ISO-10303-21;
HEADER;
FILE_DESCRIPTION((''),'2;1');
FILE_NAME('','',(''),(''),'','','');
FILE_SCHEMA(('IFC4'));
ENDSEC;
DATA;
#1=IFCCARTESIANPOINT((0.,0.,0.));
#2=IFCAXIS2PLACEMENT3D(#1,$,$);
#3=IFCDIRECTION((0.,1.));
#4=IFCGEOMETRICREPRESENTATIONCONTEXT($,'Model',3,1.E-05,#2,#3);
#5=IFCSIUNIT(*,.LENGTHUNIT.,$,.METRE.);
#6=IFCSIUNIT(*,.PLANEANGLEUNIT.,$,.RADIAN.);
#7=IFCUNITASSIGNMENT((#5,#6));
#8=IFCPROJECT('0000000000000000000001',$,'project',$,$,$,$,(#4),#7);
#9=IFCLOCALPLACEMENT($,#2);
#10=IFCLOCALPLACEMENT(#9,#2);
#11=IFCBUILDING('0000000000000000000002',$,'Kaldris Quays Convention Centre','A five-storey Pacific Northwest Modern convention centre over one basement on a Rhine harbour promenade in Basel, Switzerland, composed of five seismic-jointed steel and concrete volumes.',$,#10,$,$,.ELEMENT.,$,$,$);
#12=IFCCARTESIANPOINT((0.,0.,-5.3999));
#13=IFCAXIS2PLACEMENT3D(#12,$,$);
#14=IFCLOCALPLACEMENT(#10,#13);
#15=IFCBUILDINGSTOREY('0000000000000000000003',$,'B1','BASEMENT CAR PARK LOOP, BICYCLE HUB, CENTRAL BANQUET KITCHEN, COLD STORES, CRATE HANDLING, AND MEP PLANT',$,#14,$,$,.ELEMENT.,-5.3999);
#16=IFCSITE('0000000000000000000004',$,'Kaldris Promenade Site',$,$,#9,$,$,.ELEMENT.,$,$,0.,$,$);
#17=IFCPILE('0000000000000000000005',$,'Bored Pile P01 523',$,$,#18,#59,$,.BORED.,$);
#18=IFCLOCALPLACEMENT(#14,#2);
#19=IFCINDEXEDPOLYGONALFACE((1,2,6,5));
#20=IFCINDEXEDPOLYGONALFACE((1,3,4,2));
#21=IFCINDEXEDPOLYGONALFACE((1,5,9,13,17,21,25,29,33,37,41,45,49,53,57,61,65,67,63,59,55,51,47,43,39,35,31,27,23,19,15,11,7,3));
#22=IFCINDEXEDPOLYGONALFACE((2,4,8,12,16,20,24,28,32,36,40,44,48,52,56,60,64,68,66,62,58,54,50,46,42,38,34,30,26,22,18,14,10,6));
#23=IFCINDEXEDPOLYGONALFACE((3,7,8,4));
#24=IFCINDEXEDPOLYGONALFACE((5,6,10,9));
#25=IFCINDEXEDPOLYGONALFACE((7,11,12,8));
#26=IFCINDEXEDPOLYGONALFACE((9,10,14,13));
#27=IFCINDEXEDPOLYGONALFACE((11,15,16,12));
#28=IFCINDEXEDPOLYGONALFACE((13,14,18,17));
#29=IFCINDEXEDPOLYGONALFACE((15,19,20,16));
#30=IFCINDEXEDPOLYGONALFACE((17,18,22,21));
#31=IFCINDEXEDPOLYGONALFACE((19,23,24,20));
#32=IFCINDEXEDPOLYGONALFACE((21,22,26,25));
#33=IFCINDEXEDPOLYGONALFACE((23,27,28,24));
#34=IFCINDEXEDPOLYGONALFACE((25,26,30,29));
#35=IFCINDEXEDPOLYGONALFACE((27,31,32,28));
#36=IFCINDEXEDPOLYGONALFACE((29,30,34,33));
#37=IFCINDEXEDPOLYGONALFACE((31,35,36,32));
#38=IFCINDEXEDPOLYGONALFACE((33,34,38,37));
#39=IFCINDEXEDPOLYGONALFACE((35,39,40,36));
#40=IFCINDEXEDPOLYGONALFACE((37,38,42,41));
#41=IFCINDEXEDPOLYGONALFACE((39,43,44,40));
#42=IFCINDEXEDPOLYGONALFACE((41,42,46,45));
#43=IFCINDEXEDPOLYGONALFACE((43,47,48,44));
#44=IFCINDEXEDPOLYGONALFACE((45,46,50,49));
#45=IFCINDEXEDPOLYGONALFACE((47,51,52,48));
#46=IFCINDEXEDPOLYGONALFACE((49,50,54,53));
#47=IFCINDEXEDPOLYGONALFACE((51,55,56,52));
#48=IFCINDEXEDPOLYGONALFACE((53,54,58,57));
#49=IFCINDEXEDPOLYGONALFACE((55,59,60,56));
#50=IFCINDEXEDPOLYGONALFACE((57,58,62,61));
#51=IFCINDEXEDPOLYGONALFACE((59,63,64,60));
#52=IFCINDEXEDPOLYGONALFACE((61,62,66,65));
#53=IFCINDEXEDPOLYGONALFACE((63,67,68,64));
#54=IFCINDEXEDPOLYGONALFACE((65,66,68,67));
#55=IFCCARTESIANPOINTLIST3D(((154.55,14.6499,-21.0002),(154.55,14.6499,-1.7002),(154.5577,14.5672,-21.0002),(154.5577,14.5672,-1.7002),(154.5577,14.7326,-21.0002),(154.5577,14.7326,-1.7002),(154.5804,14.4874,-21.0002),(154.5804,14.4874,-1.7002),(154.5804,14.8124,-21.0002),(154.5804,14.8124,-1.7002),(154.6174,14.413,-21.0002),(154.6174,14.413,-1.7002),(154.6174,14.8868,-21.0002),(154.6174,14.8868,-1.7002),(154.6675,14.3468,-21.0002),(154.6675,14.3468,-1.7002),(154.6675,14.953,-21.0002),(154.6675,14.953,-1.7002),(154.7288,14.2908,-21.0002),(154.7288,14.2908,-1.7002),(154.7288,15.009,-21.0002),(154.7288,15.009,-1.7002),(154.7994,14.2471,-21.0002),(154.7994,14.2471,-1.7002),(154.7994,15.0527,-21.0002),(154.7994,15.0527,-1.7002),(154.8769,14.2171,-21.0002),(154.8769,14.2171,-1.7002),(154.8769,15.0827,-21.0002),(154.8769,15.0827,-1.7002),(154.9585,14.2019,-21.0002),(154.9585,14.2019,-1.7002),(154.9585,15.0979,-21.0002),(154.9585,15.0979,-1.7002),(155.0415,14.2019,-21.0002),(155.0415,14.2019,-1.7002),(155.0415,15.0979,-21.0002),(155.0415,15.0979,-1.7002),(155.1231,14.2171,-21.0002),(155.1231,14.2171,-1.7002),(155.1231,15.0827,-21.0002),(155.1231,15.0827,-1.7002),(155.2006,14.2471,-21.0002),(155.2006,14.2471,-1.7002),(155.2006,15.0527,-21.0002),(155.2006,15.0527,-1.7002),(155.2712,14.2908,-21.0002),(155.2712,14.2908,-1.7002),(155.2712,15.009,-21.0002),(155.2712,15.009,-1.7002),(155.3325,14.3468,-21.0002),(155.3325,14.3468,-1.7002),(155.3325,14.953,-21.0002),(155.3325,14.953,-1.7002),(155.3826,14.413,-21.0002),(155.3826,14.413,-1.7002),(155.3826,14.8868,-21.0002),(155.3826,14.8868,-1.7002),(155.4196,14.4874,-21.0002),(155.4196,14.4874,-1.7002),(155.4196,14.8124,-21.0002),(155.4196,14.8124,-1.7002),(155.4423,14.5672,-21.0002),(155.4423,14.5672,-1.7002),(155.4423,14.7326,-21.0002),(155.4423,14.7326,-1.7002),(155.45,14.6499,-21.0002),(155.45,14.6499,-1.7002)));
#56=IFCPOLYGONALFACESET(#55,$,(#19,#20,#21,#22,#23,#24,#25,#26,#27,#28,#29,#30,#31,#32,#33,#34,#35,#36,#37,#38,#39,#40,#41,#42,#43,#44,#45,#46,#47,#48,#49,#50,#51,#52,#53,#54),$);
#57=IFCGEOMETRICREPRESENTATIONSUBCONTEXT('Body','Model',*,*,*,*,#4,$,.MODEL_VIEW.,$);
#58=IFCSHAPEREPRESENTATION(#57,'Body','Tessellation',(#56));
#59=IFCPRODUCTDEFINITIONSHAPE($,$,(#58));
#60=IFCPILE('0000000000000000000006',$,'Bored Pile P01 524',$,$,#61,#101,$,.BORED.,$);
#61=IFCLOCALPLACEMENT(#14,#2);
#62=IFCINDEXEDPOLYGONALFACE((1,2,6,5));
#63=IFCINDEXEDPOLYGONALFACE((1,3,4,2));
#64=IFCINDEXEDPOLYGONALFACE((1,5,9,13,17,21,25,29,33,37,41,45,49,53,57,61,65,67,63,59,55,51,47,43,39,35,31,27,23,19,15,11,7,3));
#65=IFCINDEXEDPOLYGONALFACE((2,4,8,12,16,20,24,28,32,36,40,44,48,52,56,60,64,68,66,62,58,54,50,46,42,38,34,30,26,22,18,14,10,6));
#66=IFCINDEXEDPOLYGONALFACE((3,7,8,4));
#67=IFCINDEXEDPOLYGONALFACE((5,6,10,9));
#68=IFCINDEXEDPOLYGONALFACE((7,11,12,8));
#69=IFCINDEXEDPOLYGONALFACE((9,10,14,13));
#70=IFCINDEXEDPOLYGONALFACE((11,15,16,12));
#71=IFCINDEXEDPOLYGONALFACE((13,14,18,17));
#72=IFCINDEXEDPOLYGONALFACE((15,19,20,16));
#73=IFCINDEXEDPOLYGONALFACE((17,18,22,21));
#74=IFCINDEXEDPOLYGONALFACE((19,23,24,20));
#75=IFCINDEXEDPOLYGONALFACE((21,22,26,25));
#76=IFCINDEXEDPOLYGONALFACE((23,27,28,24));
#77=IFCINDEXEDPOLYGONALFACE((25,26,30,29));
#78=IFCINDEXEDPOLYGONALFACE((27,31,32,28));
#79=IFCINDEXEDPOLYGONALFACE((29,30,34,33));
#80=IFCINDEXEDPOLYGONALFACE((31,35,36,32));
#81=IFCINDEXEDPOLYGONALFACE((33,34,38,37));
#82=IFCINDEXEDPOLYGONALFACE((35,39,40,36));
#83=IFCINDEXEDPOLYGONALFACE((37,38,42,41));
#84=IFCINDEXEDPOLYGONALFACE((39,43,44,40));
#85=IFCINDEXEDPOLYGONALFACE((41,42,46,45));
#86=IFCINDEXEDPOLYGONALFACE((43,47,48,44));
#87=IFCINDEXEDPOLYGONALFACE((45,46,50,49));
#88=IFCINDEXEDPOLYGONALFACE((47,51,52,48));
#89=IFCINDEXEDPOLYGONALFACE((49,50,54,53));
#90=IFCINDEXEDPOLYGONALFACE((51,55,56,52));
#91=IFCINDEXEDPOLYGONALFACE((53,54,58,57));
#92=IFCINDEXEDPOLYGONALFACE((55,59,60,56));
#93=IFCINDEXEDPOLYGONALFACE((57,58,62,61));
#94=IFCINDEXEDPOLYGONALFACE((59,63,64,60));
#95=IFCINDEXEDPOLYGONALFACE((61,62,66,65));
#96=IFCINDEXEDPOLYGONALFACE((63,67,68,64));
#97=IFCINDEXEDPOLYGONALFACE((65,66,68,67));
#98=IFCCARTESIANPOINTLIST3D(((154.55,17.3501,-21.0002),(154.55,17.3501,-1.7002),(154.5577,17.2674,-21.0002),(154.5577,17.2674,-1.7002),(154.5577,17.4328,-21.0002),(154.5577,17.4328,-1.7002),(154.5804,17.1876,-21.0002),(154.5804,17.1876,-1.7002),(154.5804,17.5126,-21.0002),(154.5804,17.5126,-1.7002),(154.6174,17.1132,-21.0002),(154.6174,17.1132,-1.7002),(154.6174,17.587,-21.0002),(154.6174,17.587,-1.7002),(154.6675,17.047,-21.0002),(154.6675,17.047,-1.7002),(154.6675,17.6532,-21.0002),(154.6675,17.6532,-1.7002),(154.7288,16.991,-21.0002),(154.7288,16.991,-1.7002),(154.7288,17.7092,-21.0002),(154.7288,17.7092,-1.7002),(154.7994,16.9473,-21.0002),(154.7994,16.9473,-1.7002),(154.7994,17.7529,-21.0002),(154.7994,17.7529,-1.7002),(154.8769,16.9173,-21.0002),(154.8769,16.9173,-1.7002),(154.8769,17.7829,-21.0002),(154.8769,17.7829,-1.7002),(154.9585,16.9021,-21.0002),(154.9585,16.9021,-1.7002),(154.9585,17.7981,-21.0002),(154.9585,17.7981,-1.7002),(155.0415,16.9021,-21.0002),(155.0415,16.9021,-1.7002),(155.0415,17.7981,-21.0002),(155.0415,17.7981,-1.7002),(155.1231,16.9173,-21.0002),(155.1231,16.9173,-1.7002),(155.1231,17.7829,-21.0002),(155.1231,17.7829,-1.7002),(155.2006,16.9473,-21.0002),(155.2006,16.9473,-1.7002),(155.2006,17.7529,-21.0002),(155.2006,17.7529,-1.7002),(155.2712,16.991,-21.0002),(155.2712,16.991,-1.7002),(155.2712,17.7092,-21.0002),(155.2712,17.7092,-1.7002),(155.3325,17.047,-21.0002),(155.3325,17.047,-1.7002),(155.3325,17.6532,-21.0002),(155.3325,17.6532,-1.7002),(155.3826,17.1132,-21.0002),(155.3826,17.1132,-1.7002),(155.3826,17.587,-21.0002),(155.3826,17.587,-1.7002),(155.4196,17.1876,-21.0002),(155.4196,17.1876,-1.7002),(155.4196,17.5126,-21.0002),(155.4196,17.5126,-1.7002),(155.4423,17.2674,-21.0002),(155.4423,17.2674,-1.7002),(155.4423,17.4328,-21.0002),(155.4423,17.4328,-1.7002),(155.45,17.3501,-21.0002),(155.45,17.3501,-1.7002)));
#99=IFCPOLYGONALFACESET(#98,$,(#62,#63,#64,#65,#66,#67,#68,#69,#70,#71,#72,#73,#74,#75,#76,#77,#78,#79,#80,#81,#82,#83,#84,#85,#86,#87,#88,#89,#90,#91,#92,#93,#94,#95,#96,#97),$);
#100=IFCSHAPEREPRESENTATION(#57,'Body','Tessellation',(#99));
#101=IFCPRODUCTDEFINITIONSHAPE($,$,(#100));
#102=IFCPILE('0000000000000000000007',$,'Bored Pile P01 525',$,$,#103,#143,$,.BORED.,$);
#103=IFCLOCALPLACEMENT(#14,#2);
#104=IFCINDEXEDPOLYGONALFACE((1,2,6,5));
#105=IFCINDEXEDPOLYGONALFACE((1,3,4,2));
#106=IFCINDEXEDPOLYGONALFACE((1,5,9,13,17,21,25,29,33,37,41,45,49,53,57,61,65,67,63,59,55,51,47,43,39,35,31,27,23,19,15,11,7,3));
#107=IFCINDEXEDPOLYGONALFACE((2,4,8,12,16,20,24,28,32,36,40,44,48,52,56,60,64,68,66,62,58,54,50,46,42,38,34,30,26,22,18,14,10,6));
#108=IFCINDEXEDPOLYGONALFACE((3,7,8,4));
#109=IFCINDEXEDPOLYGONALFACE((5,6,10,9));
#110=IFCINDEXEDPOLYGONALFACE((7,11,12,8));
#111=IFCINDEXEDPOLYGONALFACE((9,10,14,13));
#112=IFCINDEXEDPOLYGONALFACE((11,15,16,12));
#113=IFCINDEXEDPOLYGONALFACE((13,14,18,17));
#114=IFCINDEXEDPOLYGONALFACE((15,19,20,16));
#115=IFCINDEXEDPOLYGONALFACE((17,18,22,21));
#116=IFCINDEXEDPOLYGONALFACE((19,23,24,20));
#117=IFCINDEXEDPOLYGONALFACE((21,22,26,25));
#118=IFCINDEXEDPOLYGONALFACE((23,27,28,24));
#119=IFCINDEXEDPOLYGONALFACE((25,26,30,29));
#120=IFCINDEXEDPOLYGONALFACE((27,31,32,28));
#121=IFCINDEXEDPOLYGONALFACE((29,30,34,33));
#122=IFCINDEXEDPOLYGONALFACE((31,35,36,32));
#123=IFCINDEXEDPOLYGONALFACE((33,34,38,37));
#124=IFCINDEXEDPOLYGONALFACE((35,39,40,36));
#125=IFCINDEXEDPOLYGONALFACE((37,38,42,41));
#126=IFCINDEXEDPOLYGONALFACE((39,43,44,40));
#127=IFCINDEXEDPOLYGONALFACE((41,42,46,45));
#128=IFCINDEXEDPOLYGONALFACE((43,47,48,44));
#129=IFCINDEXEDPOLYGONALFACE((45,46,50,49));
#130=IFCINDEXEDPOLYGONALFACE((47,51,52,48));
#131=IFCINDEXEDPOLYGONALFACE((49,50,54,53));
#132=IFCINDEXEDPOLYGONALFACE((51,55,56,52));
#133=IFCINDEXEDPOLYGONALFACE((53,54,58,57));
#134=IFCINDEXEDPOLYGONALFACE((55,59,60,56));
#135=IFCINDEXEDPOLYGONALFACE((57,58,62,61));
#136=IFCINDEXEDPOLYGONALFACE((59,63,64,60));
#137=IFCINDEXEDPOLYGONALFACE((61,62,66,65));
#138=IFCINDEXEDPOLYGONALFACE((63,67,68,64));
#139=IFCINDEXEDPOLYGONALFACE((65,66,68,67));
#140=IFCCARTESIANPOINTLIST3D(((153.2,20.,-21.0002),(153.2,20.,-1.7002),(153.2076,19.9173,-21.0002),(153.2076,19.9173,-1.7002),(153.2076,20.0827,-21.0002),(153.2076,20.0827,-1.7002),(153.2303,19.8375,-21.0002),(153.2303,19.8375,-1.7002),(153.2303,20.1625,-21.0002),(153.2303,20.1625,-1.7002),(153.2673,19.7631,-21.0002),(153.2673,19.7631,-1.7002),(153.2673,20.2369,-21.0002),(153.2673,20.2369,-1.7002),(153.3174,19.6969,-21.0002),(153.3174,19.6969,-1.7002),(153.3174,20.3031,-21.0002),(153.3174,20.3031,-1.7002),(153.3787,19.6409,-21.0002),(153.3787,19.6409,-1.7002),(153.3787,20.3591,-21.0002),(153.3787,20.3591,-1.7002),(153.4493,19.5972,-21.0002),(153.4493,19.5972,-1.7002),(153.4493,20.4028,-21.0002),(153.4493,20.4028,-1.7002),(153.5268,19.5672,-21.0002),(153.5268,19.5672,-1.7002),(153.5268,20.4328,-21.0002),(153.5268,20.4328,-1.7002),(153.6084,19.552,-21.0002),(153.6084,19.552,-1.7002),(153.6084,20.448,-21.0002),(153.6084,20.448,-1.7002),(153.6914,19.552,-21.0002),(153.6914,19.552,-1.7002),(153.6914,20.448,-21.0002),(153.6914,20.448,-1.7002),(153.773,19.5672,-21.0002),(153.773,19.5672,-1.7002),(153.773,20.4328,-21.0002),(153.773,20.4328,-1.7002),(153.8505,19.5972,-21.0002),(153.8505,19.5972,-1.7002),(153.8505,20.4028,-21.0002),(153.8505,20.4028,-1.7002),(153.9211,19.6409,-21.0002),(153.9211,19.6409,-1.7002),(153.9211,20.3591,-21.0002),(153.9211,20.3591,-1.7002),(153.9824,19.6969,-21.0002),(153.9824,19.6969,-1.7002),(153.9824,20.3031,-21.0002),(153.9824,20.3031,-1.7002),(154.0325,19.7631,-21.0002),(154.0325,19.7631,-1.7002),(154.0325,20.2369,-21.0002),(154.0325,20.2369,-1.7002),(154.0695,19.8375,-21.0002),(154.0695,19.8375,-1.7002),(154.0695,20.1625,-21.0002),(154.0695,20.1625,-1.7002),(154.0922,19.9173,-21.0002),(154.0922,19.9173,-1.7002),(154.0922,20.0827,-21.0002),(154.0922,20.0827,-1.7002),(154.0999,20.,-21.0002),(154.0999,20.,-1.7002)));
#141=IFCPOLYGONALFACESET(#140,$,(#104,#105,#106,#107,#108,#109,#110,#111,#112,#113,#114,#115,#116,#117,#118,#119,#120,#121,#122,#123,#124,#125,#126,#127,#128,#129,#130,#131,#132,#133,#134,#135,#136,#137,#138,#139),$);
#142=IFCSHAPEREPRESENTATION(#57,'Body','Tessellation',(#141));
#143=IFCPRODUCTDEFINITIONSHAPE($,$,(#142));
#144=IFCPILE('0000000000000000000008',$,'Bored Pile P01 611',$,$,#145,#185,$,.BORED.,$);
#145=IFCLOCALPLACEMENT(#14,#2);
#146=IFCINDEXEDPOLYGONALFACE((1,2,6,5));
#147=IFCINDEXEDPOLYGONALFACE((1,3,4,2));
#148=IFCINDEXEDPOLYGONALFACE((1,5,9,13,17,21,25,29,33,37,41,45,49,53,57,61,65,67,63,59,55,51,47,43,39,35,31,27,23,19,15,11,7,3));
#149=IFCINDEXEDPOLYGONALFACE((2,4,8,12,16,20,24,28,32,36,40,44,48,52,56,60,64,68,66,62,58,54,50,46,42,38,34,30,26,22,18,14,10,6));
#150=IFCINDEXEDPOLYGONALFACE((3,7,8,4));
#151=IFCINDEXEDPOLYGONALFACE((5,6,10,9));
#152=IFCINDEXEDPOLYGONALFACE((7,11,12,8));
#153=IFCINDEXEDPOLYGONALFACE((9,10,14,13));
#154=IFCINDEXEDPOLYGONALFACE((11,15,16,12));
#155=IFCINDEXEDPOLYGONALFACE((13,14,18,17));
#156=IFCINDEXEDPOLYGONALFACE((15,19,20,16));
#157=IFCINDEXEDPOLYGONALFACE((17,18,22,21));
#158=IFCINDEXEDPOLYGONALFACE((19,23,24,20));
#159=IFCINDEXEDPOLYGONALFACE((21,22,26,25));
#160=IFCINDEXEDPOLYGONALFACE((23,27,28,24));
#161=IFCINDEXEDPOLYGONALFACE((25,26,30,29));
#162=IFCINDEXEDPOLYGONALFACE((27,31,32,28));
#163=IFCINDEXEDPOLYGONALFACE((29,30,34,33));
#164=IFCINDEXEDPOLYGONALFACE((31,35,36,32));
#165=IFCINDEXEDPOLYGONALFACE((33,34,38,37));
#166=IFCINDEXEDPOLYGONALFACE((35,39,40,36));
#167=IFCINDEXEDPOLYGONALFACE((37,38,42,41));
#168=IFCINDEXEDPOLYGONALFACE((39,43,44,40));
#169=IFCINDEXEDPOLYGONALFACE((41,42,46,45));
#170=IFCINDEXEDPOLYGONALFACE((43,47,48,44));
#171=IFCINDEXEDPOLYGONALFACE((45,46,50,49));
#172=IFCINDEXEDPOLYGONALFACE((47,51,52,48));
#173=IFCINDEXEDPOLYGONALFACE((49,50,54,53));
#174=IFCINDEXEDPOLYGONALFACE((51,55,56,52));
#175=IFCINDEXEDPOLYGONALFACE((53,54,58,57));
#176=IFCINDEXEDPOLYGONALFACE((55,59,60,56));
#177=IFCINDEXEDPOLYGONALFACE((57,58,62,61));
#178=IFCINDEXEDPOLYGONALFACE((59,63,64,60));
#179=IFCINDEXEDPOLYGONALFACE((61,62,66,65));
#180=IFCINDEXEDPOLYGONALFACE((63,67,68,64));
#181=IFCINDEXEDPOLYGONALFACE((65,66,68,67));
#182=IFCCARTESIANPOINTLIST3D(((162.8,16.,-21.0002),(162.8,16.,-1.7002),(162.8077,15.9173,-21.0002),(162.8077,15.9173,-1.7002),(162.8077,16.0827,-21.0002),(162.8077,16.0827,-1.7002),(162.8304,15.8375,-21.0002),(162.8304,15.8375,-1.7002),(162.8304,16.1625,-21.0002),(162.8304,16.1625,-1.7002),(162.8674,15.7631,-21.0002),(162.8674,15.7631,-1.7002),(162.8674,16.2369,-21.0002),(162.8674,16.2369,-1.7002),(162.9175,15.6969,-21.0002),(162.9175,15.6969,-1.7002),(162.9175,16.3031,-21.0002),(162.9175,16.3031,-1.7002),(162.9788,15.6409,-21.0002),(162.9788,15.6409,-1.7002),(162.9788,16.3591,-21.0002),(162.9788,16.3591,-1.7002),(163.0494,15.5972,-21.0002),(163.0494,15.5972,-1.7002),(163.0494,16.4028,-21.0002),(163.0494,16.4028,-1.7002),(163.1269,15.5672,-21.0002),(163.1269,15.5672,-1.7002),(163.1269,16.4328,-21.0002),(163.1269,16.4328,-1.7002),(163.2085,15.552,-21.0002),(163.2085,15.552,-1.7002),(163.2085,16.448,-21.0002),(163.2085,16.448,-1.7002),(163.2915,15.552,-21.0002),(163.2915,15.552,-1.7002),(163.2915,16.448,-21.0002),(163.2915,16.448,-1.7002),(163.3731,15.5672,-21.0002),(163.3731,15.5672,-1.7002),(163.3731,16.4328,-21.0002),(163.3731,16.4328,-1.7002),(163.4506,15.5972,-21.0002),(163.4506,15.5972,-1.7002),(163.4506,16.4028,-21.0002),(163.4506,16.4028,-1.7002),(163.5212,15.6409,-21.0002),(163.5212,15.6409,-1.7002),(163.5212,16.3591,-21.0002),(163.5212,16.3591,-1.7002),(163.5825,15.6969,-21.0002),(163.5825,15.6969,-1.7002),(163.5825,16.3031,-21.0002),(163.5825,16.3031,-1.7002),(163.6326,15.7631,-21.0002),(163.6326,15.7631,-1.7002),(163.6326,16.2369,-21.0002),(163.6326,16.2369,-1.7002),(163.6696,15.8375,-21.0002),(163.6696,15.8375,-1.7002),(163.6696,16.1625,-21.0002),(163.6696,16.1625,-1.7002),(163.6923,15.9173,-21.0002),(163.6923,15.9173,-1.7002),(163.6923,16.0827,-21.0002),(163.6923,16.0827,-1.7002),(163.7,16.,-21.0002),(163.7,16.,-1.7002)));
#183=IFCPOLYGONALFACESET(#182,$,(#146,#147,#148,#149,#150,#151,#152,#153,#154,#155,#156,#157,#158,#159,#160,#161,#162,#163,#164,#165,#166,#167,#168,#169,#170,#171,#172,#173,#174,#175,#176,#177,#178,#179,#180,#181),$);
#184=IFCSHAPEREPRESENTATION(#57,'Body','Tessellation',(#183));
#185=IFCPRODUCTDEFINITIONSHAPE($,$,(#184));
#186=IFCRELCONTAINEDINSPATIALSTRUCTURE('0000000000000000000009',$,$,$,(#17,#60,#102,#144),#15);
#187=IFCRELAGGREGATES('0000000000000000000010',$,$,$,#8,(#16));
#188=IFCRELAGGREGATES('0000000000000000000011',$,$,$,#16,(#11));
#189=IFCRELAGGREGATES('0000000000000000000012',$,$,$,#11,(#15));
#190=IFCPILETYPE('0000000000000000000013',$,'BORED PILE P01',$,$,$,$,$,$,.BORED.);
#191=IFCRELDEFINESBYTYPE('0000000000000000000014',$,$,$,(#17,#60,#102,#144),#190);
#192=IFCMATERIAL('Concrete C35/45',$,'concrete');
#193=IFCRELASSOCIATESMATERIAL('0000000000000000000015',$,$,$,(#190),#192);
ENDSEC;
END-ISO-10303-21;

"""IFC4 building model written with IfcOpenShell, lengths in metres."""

from ifc_helpers import new_model, si_unit, direction, frame, origin, origin_2d, place, context, subcontext, project, spatial, circle, extrude, material, material_profile, profile_set, type_object, element, save


model = new_model("IFC4")

# Units and contexts
model_context = context("Model", 3, precision=1e-05, world=origin(), true_north=direction((0.0, 1.0)))
body_context = subcontext(model_context, "Body", "Model", "MODEL_VIEW")
ifc_project = project(units=[si_unit("LENGTHUNIT", "METRE"), si_unit("PLANEANGLEUNIT", "RADIAN")], contexts=[model_context])

# Site, building, storey
site_placement = place(None, origin())
site = spatial("IfcSite", under=ifc_project, at=site_placement, Name="Kaldris Promenade Site", CompositionType="ELEMENT", RefElevation=0.0)
building_placement = place(site_placement, origin())
building = spatial("IfcBuilding", under=site, at=building_placement, Name="Kaldris Quays Convention Centre", Description="A five-storey Pacific Northwest Modern convention centre over one basement on a Rhine harbour promenade in Basel, Switzerland, composed of five seismic-jointed steel and concrete volumes.", CompositionType="ELEMENT")
storey_placement = place(building_placement, frame((0.0, 0.0, -5.3999)))
storey = spatial("IfcBuildingStorey", under=building, at=storey_placement, Name="B1", Description="BASEMENT CAR PARK LOOP, BICYCLE HUB, CENTRAL BANQUET KITCHEN, COLD STORES, CRATE HANDLING, AND MEP PLANT", CompositionType="ELEMENT", Elevation=-5.3999)

# Piles
ifc_material_1 = material(Name="Concrete C35/45", Category="concrete")
ifc_material_profile_1 = material_profile(ifc_material_1, circle(Radius=0.45, at=origin_2d()), Name="BORED PILE D900")
ifc_profile_set_1 = profile_set([ifc_material_profile_1], Name="Concrete C35/45")
pile_type = type_object("IfcPileType", Name="BORED PILE P01", PredefinedType="BORED", material=ifc_profile_set_1)
for number, where, z_axis, x_axis, name in (
    (1, (155.0, 14.6499, -1.7002), (0.0, 0.0, -1.0), (1.0, 0.0, 0.0), "Bored Pile P01 523"),
    (2, (155.0, 17.3501, -1.7002), (0.0, 0.0, -1.0), (1.0, 0.0, 0.0), "Bored Pile P01 524"),
    (3, (153.6499, 20.0, -1.7002), (0.0, 0.0, -1.0), (1.0, 0.0, 0.0), "Bored Pile P01 525"),
    (4, (163.25, 16.0, -1.7002), (0.0, 0.0, -1.0), (1.0, 0.0, 0.0), "Bored Pile P01 611"),
):
    element("IfcPile", number, at=place(storey_placement, frame(where, z_axis=z_axis, x_axis=x_axis)), inside=storey, type_object=pile_type, Name=name, PredefinedType="BORED", context=body_context, shape_type="SweptSolid", body=[
        extrude(circle(Radius=0.45, at=origin_2d()), origin(), (0.0, 0.0, 1.0), 19.3),
    ])

save(model, "model.ifc")
